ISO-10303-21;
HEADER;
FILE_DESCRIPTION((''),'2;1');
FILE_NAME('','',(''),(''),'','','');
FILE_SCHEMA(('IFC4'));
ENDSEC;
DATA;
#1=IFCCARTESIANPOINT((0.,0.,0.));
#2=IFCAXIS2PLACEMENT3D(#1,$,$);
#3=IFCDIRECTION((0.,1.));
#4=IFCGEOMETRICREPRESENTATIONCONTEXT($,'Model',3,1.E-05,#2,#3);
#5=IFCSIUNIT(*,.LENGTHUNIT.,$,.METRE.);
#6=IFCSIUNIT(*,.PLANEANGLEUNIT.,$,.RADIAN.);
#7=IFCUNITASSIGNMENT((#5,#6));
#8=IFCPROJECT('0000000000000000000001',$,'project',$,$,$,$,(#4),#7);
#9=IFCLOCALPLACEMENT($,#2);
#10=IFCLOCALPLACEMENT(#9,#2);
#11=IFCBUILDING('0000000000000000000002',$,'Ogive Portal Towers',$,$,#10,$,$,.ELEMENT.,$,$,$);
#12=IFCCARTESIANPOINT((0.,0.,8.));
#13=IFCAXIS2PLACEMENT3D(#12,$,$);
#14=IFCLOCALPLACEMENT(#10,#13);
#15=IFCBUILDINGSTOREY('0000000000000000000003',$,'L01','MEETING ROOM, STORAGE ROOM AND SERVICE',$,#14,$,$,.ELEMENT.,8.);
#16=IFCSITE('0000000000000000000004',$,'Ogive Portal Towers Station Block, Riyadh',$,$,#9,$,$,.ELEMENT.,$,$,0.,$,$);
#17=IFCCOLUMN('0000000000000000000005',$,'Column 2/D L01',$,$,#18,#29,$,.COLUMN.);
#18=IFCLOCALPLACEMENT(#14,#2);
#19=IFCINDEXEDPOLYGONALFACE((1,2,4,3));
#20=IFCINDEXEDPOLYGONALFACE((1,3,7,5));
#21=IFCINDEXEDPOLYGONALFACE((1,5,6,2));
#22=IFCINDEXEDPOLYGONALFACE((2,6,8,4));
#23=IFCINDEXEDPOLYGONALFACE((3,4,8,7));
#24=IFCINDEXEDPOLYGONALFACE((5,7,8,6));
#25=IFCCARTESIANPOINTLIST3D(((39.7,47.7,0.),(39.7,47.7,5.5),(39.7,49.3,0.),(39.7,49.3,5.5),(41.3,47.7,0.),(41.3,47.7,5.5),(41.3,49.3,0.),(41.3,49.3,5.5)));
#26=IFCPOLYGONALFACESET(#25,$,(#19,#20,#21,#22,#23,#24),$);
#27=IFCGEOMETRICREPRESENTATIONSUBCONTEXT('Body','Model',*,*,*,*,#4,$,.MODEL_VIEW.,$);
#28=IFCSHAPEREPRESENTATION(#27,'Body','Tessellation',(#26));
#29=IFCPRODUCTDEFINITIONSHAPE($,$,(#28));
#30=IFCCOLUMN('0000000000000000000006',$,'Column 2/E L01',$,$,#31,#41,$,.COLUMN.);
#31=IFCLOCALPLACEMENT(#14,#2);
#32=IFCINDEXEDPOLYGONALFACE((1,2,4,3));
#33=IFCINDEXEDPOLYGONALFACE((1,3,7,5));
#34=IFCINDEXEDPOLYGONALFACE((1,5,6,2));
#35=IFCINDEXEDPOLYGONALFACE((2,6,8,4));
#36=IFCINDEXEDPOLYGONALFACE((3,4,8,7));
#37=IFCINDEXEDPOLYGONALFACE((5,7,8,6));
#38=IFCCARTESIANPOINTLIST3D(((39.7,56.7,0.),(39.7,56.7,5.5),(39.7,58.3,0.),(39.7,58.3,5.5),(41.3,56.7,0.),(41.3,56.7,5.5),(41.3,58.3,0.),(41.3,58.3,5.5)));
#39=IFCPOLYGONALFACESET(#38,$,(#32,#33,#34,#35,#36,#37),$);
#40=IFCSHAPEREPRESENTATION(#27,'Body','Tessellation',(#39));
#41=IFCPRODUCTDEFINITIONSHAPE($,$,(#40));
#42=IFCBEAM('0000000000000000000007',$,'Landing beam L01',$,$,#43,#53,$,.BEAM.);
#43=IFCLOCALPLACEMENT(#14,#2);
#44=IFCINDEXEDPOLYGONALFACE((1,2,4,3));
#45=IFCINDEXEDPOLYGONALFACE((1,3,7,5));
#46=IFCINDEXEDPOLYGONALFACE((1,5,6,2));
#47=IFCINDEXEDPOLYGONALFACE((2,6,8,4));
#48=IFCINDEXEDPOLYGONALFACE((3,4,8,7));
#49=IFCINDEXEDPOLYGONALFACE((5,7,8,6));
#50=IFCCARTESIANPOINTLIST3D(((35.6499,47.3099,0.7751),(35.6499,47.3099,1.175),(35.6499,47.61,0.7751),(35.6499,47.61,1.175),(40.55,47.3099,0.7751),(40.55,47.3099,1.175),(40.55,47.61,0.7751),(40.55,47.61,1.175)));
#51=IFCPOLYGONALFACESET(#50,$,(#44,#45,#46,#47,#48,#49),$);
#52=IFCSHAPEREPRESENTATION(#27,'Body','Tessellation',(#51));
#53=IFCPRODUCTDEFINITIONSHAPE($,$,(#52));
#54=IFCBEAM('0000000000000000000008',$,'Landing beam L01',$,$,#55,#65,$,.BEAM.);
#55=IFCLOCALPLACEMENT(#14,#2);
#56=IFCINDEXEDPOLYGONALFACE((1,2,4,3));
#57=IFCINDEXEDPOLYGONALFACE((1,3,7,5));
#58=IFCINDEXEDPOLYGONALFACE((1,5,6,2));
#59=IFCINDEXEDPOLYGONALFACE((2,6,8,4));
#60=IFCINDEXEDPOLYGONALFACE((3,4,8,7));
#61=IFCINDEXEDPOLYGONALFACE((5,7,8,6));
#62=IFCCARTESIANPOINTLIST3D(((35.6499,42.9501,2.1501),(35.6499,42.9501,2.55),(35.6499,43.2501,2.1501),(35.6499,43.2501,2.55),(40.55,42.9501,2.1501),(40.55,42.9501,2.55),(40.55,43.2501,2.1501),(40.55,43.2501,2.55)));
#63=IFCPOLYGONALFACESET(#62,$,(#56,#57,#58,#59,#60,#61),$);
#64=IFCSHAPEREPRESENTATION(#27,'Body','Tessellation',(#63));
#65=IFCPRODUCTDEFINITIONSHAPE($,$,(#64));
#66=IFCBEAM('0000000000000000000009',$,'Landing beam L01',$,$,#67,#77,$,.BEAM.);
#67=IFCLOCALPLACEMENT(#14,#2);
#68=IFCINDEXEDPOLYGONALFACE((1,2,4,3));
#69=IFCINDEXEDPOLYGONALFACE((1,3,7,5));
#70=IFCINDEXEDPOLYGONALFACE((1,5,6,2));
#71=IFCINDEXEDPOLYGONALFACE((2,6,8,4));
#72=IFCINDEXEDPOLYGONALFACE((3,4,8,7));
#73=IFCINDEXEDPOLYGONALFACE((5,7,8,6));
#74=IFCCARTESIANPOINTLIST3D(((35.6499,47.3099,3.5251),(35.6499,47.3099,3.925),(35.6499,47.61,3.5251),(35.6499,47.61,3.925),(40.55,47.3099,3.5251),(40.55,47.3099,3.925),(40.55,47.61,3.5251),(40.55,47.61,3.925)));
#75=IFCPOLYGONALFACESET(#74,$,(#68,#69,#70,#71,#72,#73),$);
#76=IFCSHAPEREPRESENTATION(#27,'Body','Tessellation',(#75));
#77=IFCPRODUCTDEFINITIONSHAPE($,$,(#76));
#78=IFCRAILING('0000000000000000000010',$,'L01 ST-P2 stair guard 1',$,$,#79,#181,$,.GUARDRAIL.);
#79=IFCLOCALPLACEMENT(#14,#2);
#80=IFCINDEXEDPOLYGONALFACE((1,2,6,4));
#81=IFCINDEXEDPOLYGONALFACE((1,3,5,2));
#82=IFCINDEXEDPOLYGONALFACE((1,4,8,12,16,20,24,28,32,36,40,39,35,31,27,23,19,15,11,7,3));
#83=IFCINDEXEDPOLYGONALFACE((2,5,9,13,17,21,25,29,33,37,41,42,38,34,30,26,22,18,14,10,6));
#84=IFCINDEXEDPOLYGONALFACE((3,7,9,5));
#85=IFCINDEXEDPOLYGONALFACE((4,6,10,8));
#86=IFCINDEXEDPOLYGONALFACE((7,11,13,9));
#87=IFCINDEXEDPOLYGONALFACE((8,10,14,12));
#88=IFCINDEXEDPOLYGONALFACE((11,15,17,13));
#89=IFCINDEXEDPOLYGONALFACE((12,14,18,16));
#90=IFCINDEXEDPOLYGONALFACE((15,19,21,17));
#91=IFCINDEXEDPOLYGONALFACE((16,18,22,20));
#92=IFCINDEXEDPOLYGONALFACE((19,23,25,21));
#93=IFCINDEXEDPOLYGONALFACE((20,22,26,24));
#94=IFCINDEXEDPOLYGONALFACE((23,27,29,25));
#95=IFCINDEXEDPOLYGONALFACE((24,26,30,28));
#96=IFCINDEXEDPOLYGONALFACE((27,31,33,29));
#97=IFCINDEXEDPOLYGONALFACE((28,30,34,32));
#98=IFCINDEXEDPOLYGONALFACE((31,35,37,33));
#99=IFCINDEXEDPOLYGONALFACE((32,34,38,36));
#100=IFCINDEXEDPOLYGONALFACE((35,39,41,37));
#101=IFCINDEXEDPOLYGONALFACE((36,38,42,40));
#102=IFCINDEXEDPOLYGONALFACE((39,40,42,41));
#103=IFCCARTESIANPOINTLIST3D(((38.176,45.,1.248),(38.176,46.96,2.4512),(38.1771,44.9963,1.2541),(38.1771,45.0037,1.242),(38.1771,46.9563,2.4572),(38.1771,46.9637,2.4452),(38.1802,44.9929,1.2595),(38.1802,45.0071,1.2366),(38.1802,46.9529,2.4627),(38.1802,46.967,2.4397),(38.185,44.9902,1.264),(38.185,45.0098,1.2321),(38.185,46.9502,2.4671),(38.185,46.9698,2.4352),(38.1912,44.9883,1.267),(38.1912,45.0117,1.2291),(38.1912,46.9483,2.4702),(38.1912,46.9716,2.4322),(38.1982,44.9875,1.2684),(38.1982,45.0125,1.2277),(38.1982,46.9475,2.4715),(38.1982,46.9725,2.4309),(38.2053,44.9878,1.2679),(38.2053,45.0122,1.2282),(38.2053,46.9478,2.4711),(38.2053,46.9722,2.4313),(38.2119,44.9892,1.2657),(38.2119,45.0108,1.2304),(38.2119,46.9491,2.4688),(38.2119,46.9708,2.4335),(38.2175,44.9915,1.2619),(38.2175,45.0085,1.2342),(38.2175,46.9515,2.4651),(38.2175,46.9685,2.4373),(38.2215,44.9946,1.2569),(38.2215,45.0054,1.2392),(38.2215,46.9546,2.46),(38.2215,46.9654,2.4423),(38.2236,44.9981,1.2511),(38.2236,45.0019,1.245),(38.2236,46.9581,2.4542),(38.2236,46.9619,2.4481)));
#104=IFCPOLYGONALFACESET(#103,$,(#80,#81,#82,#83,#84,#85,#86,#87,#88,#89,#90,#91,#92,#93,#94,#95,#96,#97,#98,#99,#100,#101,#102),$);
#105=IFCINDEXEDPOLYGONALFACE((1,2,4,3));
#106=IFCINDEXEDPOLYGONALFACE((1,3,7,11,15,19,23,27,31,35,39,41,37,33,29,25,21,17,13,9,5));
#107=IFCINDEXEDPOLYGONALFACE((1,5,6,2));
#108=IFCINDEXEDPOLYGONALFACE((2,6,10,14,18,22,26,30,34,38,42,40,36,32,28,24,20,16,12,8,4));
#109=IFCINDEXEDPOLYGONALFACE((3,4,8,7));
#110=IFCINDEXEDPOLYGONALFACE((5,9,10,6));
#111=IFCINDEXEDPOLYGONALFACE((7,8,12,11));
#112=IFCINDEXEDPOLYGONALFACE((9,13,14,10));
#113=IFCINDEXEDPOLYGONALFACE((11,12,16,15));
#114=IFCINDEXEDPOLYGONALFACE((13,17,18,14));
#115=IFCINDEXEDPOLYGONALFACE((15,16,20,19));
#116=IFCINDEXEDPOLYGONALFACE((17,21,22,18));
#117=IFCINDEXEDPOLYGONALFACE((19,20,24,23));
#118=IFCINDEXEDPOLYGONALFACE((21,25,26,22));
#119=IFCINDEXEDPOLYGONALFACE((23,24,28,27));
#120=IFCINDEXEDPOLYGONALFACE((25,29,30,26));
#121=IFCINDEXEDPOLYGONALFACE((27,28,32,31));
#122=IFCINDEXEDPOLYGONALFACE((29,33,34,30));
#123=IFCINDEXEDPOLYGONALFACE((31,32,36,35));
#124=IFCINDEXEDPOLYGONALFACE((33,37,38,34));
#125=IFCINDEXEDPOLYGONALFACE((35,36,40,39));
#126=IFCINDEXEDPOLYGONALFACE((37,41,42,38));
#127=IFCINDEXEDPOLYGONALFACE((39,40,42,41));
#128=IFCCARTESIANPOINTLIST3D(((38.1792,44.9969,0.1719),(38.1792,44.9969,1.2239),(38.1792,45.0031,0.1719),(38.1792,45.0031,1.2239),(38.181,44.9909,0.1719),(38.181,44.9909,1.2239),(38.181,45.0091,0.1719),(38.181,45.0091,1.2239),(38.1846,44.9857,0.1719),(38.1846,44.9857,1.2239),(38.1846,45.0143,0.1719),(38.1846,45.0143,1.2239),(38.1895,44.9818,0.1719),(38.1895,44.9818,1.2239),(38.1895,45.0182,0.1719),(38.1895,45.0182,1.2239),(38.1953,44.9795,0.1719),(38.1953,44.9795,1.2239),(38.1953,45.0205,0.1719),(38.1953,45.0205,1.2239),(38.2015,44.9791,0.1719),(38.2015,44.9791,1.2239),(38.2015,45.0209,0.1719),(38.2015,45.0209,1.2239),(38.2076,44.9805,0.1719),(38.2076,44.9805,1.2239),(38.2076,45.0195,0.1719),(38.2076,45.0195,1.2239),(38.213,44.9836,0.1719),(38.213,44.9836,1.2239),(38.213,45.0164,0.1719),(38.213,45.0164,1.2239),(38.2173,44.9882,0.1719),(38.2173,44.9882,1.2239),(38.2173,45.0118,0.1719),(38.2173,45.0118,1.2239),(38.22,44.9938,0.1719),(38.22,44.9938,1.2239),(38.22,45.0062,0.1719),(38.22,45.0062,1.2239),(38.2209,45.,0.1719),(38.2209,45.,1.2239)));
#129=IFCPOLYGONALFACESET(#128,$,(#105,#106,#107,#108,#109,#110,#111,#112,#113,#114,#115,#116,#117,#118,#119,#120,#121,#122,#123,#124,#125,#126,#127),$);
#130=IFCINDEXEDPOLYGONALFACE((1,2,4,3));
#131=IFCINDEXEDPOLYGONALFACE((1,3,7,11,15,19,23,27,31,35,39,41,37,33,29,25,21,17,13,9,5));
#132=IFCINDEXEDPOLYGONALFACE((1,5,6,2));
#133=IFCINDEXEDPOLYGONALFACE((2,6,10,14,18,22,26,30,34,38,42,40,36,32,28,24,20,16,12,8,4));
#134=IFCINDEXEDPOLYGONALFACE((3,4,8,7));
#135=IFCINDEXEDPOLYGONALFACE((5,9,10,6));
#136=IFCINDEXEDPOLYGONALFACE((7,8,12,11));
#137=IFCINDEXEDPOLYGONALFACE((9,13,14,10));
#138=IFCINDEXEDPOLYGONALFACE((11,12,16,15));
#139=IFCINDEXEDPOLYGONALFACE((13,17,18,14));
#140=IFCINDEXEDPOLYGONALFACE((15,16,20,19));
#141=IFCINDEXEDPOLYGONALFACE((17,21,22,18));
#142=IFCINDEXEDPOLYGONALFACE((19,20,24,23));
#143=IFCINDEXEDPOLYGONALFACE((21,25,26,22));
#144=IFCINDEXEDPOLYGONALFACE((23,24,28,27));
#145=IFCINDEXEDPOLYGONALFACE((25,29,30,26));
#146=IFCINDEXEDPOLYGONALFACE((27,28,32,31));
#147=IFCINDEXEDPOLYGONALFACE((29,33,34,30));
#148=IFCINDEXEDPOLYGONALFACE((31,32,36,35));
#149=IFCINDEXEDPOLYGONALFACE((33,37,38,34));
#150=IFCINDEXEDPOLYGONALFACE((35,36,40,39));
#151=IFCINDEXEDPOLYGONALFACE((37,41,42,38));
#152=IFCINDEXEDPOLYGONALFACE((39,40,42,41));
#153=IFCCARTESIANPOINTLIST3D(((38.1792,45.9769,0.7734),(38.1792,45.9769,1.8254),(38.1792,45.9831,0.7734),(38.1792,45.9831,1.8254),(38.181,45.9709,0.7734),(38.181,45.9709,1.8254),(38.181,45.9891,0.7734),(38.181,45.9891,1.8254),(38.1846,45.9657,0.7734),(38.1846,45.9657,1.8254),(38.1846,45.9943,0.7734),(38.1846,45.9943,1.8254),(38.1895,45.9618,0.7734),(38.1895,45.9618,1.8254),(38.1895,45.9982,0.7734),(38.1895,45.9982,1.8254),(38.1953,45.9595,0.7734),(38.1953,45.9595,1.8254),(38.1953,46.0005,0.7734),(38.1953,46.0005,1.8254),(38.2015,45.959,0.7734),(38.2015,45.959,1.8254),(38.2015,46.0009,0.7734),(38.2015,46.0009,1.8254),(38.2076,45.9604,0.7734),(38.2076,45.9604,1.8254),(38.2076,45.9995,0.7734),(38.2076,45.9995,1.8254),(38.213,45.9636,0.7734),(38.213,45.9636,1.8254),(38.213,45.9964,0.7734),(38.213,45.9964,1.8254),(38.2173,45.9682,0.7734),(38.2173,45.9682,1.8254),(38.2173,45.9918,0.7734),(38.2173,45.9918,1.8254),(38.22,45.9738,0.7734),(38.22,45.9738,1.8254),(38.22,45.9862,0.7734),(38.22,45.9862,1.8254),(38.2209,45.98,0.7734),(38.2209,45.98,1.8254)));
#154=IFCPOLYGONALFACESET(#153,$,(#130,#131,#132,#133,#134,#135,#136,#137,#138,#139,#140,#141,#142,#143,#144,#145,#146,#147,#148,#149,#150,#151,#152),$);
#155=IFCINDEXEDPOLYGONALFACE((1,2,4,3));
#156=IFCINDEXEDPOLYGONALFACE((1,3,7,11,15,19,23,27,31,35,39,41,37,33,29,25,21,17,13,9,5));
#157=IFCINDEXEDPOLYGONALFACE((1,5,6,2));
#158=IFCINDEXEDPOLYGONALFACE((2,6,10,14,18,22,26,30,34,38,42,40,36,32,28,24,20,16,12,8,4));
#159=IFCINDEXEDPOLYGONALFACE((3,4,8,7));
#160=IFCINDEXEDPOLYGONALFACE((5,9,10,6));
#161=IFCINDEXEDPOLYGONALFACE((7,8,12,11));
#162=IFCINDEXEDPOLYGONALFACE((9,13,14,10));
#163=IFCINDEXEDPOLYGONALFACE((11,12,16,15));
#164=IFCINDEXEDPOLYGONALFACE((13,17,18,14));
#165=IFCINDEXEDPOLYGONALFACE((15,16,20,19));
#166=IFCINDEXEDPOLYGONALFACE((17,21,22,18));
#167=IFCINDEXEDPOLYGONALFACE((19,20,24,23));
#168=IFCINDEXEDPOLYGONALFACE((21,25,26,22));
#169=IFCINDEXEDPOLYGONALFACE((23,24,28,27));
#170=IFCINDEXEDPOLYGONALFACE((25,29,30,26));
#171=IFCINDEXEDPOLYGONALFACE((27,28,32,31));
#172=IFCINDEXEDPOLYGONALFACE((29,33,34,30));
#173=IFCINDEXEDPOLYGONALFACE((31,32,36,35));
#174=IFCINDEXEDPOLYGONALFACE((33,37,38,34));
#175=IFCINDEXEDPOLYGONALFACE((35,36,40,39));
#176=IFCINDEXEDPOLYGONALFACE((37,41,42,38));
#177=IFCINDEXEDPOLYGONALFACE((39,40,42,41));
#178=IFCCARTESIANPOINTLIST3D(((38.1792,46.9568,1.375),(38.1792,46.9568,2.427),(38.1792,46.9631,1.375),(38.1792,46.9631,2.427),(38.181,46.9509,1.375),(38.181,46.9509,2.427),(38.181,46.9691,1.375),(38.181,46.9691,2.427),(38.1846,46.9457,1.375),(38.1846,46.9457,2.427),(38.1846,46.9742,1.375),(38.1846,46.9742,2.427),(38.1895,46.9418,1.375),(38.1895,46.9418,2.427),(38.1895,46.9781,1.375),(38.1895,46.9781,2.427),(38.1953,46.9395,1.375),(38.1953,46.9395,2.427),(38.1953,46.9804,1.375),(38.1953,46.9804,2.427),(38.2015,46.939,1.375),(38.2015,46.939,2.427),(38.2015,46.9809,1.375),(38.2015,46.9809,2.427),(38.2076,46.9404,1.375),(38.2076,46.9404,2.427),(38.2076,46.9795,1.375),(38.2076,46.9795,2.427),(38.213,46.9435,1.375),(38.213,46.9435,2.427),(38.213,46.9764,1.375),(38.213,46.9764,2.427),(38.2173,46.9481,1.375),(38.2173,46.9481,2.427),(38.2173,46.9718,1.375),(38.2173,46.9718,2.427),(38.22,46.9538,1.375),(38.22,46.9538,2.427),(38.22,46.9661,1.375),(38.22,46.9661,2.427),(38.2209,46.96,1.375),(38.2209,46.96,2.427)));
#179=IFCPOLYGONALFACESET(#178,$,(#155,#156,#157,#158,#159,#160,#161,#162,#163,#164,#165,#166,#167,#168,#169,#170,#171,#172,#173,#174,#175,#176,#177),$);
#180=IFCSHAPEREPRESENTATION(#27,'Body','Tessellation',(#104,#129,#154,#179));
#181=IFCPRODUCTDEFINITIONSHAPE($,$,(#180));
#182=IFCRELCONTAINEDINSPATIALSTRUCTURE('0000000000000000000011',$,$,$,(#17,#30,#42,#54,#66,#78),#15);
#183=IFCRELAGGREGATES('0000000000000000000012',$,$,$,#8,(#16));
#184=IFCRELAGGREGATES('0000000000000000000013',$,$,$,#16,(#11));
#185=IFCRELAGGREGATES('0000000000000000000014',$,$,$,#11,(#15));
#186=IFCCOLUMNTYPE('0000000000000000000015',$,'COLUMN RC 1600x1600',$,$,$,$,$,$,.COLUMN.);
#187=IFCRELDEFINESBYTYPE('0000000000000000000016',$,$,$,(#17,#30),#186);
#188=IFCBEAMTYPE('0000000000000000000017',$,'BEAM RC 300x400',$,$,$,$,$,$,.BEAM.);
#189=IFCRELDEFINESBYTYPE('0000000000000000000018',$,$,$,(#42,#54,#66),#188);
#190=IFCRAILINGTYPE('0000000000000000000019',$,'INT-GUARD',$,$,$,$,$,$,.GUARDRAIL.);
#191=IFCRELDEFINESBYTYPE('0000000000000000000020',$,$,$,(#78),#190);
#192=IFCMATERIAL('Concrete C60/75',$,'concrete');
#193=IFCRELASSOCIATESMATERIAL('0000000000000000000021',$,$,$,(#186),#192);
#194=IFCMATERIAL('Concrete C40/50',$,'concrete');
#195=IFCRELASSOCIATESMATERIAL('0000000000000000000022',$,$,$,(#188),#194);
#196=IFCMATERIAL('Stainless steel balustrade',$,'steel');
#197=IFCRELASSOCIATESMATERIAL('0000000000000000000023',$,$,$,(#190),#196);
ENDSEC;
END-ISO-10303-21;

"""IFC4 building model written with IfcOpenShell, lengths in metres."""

from ifc_helpers import new_model, si_unit, direction, frame, origin, origin_2d, place, context, subcontext, project, spatial, rectangle, circle, extrude, material, material_profile, profile_set, type_object, element, save


model = new_model("IFC4")

# Units and contexts
model_context = context("Model", 3, precision=1e-05, world=origin(), true_north=direction((0.0, 1.0)))
body_context = subcontext(model_context, "Body", "Model", "MODEL_VIEW")
ifc_project = project(units=[si_unit("LENGTHUNIT", "METRE"), si_unit("PLANEANGLEUNIT", "RADIAN")], contexts=[model_context])

# Site, building, storey
site_placement = place(None, origin())
site = spatial("IfcSite", under=ifc_project, at=site_placement, Name="Ogive Portal Towers Station Block, Riyadh", CompositionType="ELEMENT", RefElevation=0.0)
building_placement = place(site_placement, origin())
building = spatial("IfcBuilding", under=site, at=building_placement, Name="Ogive Portal Towers", CompositionType="ELEMENT")
storey_placement = place(building_placement, frame((0.0, 0.0, 8.0)))
storey = spatial("IfcBuildingStorey", under=building, at=storey_placement, Name="L01", Description="MEETING ROOM, STORAGE ROOM AND SERVICE", CompositionType="ELEMENT", Elevation=8.0)

# Columns
ifc_material_1 = material(Name="Concrete C60/75", Category="concrete")
ifc_material_profile_1 = material_profile(ifc_material_1, rectangle(XDim=1.6001, YDim=1.6001, at=origin_2d()), Name="RC 1600x1600")
ifc_profile_set_1 = profile_set([ifc_material_profile_1], Name="Concrete C60/75")
column_type = type_object("IfcColumnType", Name="COLUMN RC 1600x1600", PredefinedType="COLUMN", material=ifc_profile_set_1)
for number, where, z_axis, x_axis, name in (
    (1, (40.5, 48.5, 0.0), (0.0, 0.0, 1.0), (1.0, 0.0, 0.0), "Column 2/D L01"),
    (2, (40.5, 57.5, 0.0), (0.0, 0.0, 1.0), (1.0, 0.0, 0.0), "Column 2/E L01"),
):
    element("IfcColumn", number, at=place(storey_placement, frame(where, z_axis=z_axis, x_axis=x_axis)), inside=storey, type_object=column_type, Name=name, PredefinedType="COLUMN", context=body_context, shape_type="SweptSolid", body=[
        extrude(rectangle(XDim=1.6001, YDim=1.6001, at=origin_2d()), origin(), (0.0, 0.0, 1.0), 5.5),
    ])

# Beams
ifc_material_2 = material(Name="Concrete C40/50", Category="concrete")
ifc_material_profile_2 = material_profile(ifc_material_2, rectangle(XDim=0.3, YDim=0.3999, at=origin_2d()), Name="RC 300x400")
ifc_profile_set_2 = profile_set([ifc_material_profile_2], Name="Concrete C40/50")
beam_type = type_object("IfcBeamType", Name="BEAM RC 300x400", PredefinedType="BEAM", material=ifc_profile_set_2)
for number, where, z_axis, x_axis, name in (
    (3, (35.6499, 47.46, 0.9751), (1.0, 0.0, 0.0), (0.0, 1.0, 0.0), "Landing beam L01"),
    (4, (35.6499, 43.1001, 2.3501), (1.0, 0.0, 0.0), (0.0, 1.0, 0.0), "Landing beam L01"),
    (5, (35.6499, 47.46, 3.7251), (1.0, 0.0, 0.0), (0.0, 1.0, 0.0), "Landing beam L01"),
):
    element("IfcBeam", number, at=place(storey_placement, frame(where, z_axis=z_axis, x_axis=x_axis)), inside=storey, type_object=beam_type, Name=name, PredefinedType="BEAM", context=body_context, shape_type="SweptSolid", body=[
        extrude(rectangle(XDim=0.3, YDim=0.3999, at=origin_2d()), origin(), (0.0, 0.0, 1.0), 4.9001),
    ])

# Railing
ifc_material_3 = material(Name="Stainless steel balustrade", Category="steel")
railing_type_1 = type_object("IfcRailingType", Name="INT-GUARD", PredefinedType="GUARDRAIL", material=ifc_material_3)
railing_1_placement = place(storey_placement, frame((38.2, 45.0, 0.1719)))
element("IfcRailing", 6, at=railing_1_placement, inside=storey, type_object=railing_type_1, Name="L01 ST-P2 stair guard 1", PredefinedType="GUARDRAIL", context=body_context, shape_type="SweptSolid", body=[
    extrude(circle(Radius=0.0239, at=origin_2d()), frame((0.0, 0.0, 1.0762), z_axis=(0.0, 0.852241, 0.523149), x_axis=(-1.0, 0.0, 0.0)), (0.0, 0.0, 1.0), 2.2998),
    extrude(circle(Radius=0.021, at=origin_2d()), origin(), (0.0, 0.0, 1.0), 1.052),
    extrude(circle(Radius=0.021, at=origin_2d()), frame((0.0, 0.98, 0.6016)), (0.0, 0.0, 1.0), 1.052),
    extrude(circle(Radius=0.021, at=origin_2d()), frame((0.0, 1.96, 1.2031)), (0.0, 0.0, 1.0), 1.052),
])

save(model, "model.ifc")
